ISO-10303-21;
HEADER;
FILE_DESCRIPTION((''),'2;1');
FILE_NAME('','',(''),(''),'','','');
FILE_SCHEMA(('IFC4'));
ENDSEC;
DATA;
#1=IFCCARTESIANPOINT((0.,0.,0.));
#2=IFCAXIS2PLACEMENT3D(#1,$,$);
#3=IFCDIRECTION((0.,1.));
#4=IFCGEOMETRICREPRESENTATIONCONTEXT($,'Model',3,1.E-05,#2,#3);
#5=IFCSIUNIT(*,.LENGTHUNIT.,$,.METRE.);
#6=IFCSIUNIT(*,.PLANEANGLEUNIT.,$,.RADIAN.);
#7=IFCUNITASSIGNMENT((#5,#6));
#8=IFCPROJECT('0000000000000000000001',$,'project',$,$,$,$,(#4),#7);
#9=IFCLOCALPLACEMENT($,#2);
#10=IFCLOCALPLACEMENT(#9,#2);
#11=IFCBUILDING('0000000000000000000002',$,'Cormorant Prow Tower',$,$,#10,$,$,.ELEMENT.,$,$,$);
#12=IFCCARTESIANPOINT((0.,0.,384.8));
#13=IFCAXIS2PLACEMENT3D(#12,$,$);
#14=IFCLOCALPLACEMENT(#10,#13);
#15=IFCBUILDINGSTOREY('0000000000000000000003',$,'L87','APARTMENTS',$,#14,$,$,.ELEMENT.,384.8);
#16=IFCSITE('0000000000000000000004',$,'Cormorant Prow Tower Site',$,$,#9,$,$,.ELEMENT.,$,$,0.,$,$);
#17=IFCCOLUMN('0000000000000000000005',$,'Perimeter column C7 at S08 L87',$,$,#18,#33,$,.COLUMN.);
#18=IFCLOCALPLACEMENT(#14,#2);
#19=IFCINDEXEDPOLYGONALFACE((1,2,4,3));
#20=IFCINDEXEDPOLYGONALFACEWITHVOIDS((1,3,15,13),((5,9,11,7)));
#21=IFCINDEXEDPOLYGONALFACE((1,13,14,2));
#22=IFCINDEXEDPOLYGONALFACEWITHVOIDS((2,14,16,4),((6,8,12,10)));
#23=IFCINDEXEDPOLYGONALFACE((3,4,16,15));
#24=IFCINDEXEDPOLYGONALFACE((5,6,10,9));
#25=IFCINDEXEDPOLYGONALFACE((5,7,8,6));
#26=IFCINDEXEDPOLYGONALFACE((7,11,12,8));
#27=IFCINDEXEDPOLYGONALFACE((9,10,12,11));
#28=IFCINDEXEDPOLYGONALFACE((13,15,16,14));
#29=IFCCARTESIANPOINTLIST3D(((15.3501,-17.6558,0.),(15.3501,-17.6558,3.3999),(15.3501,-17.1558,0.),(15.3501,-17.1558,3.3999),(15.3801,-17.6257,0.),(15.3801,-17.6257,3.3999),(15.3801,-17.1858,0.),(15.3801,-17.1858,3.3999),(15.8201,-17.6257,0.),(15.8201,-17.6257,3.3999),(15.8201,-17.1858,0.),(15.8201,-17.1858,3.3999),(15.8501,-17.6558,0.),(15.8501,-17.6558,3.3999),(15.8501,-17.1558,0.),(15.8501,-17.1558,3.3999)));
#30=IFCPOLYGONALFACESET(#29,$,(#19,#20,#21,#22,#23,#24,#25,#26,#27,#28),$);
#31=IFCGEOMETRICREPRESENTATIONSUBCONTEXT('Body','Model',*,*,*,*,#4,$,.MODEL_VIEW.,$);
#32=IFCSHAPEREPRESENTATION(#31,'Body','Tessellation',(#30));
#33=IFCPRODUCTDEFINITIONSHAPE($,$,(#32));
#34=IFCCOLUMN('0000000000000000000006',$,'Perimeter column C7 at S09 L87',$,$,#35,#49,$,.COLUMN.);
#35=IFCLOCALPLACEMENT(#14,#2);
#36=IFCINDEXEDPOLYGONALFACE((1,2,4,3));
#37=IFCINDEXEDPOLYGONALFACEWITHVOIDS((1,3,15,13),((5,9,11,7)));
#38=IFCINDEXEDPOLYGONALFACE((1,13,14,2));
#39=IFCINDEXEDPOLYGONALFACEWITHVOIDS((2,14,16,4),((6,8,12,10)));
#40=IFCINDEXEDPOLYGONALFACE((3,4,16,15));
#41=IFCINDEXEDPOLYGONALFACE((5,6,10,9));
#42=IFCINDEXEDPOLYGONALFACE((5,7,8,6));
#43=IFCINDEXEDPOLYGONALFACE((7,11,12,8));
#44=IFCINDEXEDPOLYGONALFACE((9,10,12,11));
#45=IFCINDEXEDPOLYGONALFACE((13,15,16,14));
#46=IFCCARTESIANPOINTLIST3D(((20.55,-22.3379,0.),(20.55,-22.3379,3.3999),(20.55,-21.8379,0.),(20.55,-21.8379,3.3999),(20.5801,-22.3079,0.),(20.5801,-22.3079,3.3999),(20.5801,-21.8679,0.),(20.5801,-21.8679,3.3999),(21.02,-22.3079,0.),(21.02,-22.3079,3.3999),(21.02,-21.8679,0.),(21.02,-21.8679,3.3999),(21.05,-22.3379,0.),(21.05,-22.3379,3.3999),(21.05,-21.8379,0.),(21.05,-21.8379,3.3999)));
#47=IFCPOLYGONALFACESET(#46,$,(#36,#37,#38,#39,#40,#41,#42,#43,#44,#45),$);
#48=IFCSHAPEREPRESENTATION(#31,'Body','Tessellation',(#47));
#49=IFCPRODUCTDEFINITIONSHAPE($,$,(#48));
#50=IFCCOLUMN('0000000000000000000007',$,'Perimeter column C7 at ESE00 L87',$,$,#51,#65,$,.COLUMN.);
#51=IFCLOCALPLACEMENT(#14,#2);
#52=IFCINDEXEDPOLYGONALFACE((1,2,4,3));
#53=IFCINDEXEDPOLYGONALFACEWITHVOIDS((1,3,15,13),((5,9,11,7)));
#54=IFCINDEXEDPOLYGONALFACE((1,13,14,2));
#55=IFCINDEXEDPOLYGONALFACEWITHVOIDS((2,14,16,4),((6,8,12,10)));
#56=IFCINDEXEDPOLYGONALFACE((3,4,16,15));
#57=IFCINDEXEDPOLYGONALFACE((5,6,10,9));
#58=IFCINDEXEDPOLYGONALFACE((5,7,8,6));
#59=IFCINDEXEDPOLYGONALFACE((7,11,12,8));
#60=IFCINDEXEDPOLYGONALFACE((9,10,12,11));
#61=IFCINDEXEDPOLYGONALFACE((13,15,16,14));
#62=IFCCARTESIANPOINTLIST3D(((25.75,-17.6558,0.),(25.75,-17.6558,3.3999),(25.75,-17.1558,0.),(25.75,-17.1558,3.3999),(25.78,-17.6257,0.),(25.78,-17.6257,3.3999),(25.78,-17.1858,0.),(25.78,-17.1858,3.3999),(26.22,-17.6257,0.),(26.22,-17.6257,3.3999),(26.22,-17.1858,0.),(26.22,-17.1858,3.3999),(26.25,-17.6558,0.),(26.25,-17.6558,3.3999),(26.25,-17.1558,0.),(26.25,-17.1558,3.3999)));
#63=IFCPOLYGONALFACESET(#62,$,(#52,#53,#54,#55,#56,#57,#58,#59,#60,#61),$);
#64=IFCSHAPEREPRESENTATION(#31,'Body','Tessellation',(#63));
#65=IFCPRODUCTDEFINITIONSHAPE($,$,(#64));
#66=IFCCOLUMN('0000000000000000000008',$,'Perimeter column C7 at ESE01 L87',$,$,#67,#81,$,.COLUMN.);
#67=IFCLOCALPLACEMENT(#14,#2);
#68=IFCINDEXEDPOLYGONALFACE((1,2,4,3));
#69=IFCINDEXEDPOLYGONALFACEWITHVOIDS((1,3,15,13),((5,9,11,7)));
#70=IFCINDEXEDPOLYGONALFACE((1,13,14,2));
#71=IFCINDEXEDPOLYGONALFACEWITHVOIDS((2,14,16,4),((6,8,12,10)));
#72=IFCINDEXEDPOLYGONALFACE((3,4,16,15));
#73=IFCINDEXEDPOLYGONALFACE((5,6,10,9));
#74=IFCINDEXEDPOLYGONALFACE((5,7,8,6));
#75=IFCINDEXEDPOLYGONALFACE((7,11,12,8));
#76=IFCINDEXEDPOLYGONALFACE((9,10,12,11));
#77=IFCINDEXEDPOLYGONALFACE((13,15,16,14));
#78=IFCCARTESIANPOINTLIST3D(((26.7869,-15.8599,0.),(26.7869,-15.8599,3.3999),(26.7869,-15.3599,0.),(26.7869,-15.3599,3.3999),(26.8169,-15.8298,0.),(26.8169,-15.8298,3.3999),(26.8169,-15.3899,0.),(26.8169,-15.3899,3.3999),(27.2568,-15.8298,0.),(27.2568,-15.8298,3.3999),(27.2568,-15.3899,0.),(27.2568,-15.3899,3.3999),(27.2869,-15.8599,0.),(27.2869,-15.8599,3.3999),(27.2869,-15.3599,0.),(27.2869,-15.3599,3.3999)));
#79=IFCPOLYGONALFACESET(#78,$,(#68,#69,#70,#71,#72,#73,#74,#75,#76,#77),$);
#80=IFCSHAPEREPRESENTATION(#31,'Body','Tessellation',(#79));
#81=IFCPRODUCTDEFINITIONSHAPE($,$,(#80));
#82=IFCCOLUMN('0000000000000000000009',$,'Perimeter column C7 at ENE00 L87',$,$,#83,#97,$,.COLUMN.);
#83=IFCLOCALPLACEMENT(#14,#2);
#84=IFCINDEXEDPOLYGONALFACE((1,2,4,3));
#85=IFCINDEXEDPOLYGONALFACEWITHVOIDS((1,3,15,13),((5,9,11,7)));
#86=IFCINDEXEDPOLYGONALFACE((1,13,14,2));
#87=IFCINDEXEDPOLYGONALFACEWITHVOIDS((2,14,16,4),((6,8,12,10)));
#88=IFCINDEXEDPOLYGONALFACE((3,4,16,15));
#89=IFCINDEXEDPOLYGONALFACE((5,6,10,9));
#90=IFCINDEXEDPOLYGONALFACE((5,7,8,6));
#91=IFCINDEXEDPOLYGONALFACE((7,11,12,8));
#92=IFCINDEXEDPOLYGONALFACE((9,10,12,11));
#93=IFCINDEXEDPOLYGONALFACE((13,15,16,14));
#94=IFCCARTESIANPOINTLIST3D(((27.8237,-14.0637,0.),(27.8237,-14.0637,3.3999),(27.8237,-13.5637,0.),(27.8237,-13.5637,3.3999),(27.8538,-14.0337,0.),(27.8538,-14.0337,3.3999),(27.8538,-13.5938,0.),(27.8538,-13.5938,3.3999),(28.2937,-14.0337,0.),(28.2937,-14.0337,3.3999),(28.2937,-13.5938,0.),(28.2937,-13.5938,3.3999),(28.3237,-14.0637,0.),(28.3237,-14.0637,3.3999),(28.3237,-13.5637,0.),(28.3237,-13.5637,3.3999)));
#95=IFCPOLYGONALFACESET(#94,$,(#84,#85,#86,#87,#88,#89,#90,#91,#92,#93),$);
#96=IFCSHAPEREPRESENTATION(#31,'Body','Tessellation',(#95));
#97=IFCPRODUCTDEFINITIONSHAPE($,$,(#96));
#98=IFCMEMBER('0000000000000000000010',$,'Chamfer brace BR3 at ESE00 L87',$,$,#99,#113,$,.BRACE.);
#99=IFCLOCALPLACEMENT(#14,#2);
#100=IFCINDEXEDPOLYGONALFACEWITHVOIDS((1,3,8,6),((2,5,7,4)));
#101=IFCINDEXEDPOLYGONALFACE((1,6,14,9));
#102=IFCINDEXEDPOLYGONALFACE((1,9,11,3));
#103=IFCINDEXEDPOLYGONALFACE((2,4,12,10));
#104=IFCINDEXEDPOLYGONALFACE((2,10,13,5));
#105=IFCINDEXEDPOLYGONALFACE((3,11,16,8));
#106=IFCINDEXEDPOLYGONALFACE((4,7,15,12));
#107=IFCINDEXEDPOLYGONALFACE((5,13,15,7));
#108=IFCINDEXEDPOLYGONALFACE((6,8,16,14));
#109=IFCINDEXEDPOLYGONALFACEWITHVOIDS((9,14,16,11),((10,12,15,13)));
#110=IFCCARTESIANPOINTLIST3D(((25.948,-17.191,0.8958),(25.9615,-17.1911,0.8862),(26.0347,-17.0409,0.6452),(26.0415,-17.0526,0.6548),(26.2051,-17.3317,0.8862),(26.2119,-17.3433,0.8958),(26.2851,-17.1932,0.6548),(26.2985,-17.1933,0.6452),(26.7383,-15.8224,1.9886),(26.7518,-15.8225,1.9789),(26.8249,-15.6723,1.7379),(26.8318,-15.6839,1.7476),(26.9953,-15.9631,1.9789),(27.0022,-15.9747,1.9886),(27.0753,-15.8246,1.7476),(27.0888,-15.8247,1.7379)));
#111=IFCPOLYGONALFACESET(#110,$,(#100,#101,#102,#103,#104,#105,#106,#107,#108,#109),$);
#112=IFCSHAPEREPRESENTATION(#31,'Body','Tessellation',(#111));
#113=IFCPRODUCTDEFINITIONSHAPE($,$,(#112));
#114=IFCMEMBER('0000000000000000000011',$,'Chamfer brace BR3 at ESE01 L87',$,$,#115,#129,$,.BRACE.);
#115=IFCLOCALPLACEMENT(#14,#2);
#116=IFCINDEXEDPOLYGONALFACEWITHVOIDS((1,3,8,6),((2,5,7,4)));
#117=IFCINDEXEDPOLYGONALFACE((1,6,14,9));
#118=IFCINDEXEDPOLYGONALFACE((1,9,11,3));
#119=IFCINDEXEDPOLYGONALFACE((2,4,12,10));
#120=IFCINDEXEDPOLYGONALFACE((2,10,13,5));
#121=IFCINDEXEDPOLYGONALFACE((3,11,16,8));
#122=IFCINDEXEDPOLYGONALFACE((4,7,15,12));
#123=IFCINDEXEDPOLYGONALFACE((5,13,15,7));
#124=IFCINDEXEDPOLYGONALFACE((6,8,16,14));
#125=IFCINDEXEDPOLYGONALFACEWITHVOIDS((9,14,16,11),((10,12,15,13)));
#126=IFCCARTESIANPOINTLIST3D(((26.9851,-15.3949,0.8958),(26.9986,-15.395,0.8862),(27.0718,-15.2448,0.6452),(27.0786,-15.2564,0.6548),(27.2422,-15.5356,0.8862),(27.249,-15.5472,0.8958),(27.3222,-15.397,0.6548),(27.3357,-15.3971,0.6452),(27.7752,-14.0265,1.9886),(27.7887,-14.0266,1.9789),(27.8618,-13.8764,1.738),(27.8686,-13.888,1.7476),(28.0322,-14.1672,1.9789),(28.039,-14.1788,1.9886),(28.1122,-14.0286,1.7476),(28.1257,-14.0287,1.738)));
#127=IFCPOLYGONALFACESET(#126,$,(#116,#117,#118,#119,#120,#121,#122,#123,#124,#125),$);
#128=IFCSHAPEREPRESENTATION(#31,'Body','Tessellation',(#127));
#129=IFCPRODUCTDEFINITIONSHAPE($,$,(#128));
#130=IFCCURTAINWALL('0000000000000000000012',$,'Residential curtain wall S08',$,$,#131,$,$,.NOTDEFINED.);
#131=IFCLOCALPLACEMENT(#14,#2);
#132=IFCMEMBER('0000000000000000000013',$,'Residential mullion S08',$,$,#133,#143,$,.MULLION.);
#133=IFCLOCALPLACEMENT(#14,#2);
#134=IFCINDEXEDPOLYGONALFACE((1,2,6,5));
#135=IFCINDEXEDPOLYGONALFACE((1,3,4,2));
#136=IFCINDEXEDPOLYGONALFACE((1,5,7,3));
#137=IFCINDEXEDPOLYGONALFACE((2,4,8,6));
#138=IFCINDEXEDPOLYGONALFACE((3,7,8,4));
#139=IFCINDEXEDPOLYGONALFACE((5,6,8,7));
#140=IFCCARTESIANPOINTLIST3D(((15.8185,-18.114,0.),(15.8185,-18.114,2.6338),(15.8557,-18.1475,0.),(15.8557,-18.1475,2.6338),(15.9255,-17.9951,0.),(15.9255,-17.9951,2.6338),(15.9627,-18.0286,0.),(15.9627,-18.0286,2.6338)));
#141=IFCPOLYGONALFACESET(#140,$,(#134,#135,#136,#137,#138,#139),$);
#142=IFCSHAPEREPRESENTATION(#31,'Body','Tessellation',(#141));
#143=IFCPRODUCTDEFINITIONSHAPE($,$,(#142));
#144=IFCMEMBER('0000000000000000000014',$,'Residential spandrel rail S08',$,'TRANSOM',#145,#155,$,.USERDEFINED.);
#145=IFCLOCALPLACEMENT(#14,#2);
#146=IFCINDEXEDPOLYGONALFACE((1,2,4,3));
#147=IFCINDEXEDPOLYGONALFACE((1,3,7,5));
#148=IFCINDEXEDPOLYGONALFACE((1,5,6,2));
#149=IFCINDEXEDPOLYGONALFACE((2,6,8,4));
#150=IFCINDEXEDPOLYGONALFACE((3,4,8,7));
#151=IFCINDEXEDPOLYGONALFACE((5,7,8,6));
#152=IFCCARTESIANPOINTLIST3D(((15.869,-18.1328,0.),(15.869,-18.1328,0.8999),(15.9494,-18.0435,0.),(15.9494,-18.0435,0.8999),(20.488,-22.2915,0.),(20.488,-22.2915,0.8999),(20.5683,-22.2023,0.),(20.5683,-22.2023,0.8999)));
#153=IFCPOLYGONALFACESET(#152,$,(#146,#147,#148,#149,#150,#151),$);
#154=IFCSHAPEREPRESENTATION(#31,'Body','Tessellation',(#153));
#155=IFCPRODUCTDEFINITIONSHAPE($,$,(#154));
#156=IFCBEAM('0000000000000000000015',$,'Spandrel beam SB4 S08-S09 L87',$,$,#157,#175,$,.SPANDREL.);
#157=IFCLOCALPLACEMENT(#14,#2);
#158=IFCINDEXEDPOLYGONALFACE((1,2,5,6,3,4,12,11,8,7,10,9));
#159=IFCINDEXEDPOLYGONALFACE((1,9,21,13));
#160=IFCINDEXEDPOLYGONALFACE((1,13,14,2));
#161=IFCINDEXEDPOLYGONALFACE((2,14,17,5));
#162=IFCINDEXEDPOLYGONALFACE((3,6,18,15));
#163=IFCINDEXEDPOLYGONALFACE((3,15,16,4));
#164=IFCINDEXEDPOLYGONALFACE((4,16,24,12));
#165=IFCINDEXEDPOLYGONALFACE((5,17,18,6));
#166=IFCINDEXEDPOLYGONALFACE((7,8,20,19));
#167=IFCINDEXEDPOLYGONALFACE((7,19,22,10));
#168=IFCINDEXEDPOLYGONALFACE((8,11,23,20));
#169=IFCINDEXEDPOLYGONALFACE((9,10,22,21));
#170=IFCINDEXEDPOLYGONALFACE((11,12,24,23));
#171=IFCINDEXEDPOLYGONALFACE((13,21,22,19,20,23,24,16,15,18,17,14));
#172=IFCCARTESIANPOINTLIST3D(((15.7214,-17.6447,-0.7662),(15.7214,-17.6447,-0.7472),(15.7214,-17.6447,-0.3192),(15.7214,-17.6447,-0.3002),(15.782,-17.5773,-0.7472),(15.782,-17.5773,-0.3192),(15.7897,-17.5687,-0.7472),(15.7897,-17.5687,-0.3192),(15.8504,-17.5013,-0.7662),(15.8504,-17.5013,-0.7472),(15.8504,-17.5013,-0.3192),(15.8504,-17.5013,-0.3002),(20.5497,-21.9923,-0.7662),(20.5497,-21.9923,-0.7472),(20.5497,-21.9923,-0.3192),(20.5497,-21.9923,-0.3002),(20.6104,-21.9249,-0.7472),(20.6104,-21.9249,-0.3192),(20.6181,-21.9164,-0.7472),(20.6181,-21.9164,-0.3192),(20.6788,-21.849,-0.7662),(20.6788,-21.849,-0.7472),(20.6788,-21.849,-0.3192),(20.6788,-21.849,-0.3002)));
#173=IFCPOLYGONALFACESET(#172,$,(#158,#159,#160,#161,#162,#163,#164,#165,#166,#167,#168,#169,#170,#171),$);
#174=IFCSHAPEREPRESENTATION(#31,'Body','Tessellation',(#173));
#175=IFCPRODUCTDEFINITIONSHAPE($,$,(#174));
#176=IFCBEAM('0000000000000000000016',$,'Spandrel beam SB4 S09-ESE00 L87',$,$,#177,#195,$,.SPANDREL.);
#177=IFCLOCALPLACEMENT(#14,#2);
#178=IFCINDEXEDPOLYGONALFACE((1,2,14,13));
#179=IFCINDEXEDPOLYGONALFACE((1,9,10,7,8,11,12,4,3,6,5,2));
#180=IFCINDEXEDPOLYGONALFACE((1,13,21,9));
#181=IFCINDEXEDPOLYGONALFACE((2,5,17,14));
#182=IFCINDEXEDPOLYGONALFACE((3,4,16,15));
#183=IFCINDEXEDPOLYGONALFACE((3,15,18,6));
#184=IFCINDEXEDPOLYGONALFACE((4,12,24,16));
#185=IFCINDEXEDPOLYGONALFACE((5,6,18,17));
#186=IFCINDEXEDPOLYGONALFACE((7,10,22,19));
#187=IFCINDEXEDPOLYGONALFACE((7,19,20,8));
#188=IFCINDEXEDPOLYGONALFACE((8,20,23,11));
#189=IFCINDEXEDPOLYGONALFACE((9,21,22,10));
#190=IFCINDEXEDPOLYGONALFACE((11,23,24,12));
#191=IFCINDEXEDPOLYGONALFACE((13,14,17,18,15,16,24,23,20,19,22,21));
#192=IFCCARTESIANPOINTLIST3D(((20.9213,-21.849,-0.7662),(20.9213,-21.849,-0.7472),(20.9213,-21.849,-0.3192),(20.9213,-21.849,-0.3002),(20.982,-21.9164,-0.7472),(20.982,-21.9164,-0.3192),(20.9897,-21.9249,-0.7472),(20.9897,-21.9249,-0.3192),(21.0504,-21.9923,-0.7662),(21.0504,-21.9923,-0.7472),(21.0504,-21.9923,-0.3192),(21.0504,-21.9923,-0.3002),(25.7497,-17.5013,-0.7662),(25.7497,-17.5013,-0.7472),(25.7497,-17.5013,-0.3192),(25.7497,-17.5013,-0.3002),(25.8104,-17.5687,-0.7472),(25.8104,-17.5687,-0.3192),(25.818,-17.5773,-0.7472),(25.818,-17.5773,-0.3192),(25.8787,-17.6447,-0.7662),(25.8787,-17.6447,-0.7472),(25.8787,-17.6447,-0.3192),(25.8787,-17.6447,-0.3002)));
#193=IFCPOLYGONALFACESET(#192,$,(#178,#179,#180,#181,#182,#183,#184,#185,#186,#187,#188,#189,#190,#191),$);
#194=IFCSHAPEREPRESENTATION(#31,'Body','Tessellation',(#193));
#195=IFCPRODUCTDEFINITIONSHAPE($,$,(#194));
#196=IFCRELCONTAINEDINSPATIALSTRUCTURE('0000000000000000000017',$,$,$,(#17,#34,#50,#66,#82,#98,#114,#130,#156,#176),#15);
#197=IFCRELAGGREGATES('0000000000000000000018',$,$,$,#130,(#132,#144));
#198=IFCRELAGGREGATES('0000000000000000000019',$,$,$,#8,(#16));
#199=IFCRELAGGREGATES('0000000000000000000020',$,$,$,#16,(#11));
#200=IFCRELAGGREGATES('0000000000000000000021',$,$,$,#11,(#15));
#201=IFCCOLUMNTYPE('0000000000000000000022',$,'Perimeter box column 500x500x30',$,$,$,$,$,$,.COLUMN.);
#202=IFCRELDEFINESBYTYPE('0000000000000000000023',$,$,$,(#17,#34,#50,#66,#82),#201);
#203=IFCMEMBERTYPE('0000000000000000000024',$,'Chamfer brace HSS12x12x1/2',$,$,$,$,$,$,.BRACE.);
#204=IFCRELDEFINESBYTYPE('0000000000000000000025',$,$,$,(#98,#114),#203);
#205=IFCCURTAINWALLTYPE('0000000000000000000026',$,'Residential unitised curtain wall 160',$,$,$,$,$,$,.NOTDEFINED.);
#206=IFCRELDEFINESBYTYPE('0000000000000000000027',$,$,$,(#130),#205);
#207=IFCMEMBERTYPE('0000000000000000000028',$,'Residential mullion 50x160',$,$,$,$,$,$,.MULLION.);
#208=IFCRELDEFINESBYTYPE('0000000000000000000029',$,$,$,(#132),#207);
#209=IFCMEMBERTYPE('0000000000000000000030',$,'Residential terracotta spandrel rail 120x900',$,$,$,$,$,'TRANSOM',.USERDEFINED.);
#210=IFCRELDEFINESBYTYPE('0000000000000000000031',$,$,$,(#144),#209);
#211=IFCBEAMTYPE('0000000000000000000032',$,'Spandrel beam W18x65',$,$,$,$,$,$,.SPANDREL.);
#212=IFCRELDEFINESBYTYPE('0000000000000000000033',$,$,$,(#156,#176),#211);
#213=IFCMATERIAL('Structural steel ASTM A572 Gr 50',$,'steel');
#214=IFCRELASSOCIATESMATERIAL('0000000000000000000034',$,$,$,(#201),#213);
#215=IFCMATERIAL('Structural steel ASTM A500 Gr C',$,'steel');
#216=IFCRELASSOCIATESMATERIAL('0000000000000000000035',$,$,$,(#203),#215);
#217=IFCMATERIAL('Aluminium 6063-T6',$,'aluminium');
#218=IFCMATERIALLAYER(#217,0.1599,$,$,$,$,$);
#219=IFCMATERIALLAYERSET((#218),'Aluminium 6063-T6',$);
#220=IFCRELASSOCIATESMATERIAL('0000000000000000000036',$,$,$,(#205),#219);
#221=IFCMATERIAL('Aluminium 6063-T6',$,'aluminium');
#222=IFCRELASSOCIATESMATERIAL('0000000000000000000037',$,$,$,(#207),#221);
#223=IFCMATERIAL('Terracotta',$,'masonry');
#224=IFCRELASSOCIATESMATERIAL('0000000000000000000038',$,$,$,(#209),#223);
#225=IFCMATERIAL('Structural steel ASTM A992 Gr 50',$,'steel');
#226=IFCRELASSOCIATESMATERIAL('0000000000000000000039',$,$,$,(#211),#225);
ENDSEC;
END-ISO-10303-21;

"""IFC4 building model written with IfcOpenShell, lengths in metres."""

from ifc_helpers import new_model, si_unit, direction, frame, origin, origin_2d, place, context, subcontext, project, spatial, rectangle, hollow_rectangle, i_section, extrude, material, layer, layer_set, material_profile, profile_set, type_object, element, aggregate, save


model = new_model("IFC4")

# Units and contexts
model_context = context("Model", 3, precision=1e-05, world=origin(), true_north=direction((0.0, 1.0)))
body_context = subcontext(model_context, "Body", "Model", "MODEL_VIEW")
ifc_project = project(units=[si_unit("LENGTHUNIT", "METRE"), si_unit("PLANEANGLEUNIT", "RADIAN")], contexts=[model_context])

# Site, building, storey
site_placement = place(None, origin())
site = spatial("IfcSite", under=ifc_project, at=site_placement, Name="Cormorant Prow Tower Site", CompositionType="ELEMENT", RefElevation=0.0)
building_placement = place(site_placement, origin())
building = spatial("IfcBuilding", under=site, at=building_placement, Name="Cormorant Prow Tower", CompositionType="ELEMENT")
storey_placement = place(building_placement, frame((0.0, 0.0, 384.8)))
storey = spatial("IfcBuildingStorey", under=building, at=storey_placement, Name="L87", Description="APARTMENTS", CompositionType="ELEMENT", Elevation=384.8)

# Columns
ifc_material_1 = material(Name="Structural steel ASTM A572 Gr 50", Category="steel")
ifc_material_profile_1 = material_profile(ifc_material_1, hollow_rectangle(XDim=0.5, YDim=0.5, WallThickness=0.03, at=origin_2d()), Name="Box 500x500x30")
ifc_profile_set_1 = profile_set([ifc_material_profile_1], Name="Structural steel ASTM A572 Gr 50")
column_type = type_object("IfcColumnType", Name="Perimeter box column 500x500x30", PredefinedType="COLUMN", material=ifc_profile_set_1)
for number, where, z_axis, x_axis, name in (
    (1, (15.6001, -17.4058, 0.0), (0.0, 0.0, 1.0), (1.0, 0.0, 0.0), "Perimeter column C7 at S08 L87"),
    (2, (20.8, -22.0879, 0.0), (0.0, 0.0, 1.0), (1.0, 0.0, 0.0), "Perimeter column C7 at S09 L87"),
    (3, (26.0, -17.4058, 0.0), (0.0, 0.0, 1.0), (1.0, 0.0, 0.0), "Perimeter column C7 at ESE00 L87"),
    (4, (27.0369, -15.6099, 0.0), (0.0, 0.0, 1.0), (1.0, 0.0, 0.0), "Perimeter column C7 at ESE01 L87"),
    (5, (28.0737, -13.8137, 0.0), (0.0, 0.0, 1.0), (1.0, 0.0, 0.0), "Perimeter column C7 at ENE00 L87"),
):
    element("IfcColumn", number, at=place(storey_placement, frame(where, z_axis=z_axis, x_axis=x_axis)), inside=storey, type_object=column_type, Name=name, PredefinedType="COLUMN", context=body_context, shape_type="SweptSolid", body=[
        extrude(hollow_rectangle(XDim=0.5, YDim=0.5, WallThickness=0.03, at=origin_2d()), origin(), (0.0, 0.0, 1.0), 3.3999),
    ])

# Members
ifc_material_2 = material(Name="Structural steel ASTM A500 Gr C", Category="steel")
ifc_material_profile_2 = material_profile(ifc_material_2, hollow_rectangle(XDim=0.3047, YDim=0.3047, WallThickness=0.0117, at=origin_2d()), Name="HSS12x12x1/2")
ifc_profile_set_2 = profile_set([ifc_material_profile_2], Name="Structural steel ASTM A500 Gr C")
member_type_1 = type_object("IfcMemberType", Name="Chamfer brace HSS12x12x1/2", PredefinedType="BRACE", material=ifc_profile_set_2)
member_1_placement = place(storey_placement, frame((26.1233, -17.1921, 0.7705), z_axis=(0.411299, 0.712308, 0.568728), x_axis=(-0.866, 0.500043, 0.0)))
element("IfcMember", 6, at=member_1_placement, inside=storey, type_object=member_type_1, Name="Chamfer brace BR3 at ESE00 L87", PredefinedType="BRACE", context=body_context, shape_type="SweptSolid", body=[
    extrude(hollow_rectangle(XDim=0.3047, YDim=0.3047, WallThickness=0.0117, at=origin_2d()), origin(), (0.0, 0.0, 1.0), 1.9214),
])
member_2_placement = place(storey_placement, frame((27.1604, -15.396, 0.7705), z_axis=(0.41123, 0.712282, 0.568809), x_axis=(-0.866029, 0.499994, 0.0)))
element("IfcMember", 7, at=member_2_placement, inside=storey, type_object=member_type_1, Name="Chamfer brace BR3 at ESE01 L87", PredefinedType="BRACE", context=body_context, shape_type="SweptSolid", body=[
    extrude(hollow_rectangle(XDim=0.3047, YDim=0.3047, WallThickness=0.0117, at=origin_2d()), origin(), (0.0, 0.0, 1.0), 1.9211),
])

# Curtain wall, members
ifc_material_3 = material(Name="Aluminium 6063-T6", Category="aluminium")
ifc_layer_1 = layer(ifc_material_3, 0.1599)
ifc_layer_set_1 = layer_set([ifc_layer_1], Name="Aluminium 6063-T6")
curtain_wall_type = type_object("IfcCurtainWallType", Name="Residential unitised curtain wall 160", PredefinedType="NOTDEFINED", material=ifc_layer_set_1)
curtain_wall_placement = place(storey_placement, origin())
curtain_wall = element("IfcCurtainWall", 8, at=curtain_wall_placement, inside=storey, type_object=curtain_wall_type, Name="Residential curtain wall S08", PredefinedType="NOTDEFINED")
ifc_material_4 = material(Name="Aluminium 6063-T6", Category="aluminium")
ifc_material_profile_3 = material_profile(ifc_material_4, rectangle(XDim=0.1599, YDim=0.05, at=origin_2d()), Name="Residential mullion 50x160")
ifc_profile_set_3 = profile_set([ifc_material_profile_3], Name="Aluminium 6063-T6")
member_type_2 = type_object("IfcMemberType", Name="Residential mullion 50x160", PredefinedType="MULLION", material=ifc_profile_set_3)
member_3_placement = place(storey_placement, frame((15.8906, -18.0713, 0.0), z_axis=(0.0, 0.0, 1.0), x_axis=(0.669131, 0.743145, 0.0)))
member_3 = element("IfcMember", 9, at=member_3_placement, type_object=member_type_2, Name="Residential mullion S08", PredefinedType="MULLION", context=body_context, shape_type="SweptSolid", body=[
    extrude(rectangle(XDim=0.1599, YDim=0.05, at=origin_2d()), origin(), (0.0, 0.0, 1.0), 2.6338),
])
ifc_material_5 = material(Name="Terracotta", Category="masonry")
ifc_material_profile_4 = material_profile(ifc_material_5, rectangle(XDim=0.1201, YDim=0.8999, at=origin_2d()), Name="Residential terracotta spandrel rail 120x900")
ifc_profile_set_4 = profile_set([ifc_material_profile_4], Name="Terracotta")
member_type_3 = type_object("IfcMemberType", Name="Residential terracotta spandrel rail 120x900", ElementType="TRANSOM", PredefinedType="USERDEFINED", material=ifc_profile_set_4)
member_4_placement = place(storey_placement, frame((15.9092, -18.0881, 0.45), z_axis=(0.743159, -0.669114, 0.0), x_axis=(0.669114, 0.743159, 0.0)))
member_4 = element("IfcMember", 10, at=member_4_placement, type_object=member_type_3, Name="Residential spandrel rail S08", ObjectType="TRANSOM", PredefinedType="USERDEFINED", context=body_context, shape_type="SweptSolid", body=[
    extrude(rectangle(XDim=0.1201, YDim=0.8999, at=origin_2d()), origin(), (0.0, 0.0, 1.0), 6.2153),
])

# Beams
ifc_material_6 = material(Name="Structural steel ASTM A992 Gr 50", Category="steel")
ifc_material_profile_5 = material_profile(ifc_material_6, i_section(OverallWidth=0.1929, OverallDepth=0.4661, WebThickness=0.0115, FlangeThickness=0.019, at=origin_2d()), Name="W18x65")
ifc_profile_set_5 = profile_set([ifc_material_profile_5], Name="Structural steel ASTM A992 Gr 50")
beam_type = type_object("IfcBeamType", Name="Spandrel beam W18x65", PredefinedType="SPANDREL", material=ifc_profile_set_5)
for number, where, z_axis, x_axis, name in (
    (11, (15.7859, -17.573, -0.5332), (0.743132, -0.669145, 0.0), (0.669145, 0.743132, 0.0), "Spandrel beam SB4 S08-S09 L87"),
    (12, (20.9858, -21.9207, -0.5332), (0.743132, 0.669145, 0.0), (-0.669145, 0.743132, 0.0), "Spandrel beam SB4 S09-ESE00 L87"),
):
    element("IfcBeam", number, at=place(storey_placement, frame(where, z_axis=z_axis, x_axis=x_axis)), inside=storey, type_object=beam_type, Name=name, PredefinedType="SPANDREL", context=body_context, shape_type="SweptSolid", body=[
        extrude(i_section(OverallWidth=0.1929, OverallDepth=0.4661, WebThickness=0.0115, FlangeThickness=0.019, at=origin_2d()), origin(), (0.0, 0.0, 1.0), 6.4973),
    ])

aggregate(curtain_wall, [member_3, member_4])

save(model, "model.ifc")
